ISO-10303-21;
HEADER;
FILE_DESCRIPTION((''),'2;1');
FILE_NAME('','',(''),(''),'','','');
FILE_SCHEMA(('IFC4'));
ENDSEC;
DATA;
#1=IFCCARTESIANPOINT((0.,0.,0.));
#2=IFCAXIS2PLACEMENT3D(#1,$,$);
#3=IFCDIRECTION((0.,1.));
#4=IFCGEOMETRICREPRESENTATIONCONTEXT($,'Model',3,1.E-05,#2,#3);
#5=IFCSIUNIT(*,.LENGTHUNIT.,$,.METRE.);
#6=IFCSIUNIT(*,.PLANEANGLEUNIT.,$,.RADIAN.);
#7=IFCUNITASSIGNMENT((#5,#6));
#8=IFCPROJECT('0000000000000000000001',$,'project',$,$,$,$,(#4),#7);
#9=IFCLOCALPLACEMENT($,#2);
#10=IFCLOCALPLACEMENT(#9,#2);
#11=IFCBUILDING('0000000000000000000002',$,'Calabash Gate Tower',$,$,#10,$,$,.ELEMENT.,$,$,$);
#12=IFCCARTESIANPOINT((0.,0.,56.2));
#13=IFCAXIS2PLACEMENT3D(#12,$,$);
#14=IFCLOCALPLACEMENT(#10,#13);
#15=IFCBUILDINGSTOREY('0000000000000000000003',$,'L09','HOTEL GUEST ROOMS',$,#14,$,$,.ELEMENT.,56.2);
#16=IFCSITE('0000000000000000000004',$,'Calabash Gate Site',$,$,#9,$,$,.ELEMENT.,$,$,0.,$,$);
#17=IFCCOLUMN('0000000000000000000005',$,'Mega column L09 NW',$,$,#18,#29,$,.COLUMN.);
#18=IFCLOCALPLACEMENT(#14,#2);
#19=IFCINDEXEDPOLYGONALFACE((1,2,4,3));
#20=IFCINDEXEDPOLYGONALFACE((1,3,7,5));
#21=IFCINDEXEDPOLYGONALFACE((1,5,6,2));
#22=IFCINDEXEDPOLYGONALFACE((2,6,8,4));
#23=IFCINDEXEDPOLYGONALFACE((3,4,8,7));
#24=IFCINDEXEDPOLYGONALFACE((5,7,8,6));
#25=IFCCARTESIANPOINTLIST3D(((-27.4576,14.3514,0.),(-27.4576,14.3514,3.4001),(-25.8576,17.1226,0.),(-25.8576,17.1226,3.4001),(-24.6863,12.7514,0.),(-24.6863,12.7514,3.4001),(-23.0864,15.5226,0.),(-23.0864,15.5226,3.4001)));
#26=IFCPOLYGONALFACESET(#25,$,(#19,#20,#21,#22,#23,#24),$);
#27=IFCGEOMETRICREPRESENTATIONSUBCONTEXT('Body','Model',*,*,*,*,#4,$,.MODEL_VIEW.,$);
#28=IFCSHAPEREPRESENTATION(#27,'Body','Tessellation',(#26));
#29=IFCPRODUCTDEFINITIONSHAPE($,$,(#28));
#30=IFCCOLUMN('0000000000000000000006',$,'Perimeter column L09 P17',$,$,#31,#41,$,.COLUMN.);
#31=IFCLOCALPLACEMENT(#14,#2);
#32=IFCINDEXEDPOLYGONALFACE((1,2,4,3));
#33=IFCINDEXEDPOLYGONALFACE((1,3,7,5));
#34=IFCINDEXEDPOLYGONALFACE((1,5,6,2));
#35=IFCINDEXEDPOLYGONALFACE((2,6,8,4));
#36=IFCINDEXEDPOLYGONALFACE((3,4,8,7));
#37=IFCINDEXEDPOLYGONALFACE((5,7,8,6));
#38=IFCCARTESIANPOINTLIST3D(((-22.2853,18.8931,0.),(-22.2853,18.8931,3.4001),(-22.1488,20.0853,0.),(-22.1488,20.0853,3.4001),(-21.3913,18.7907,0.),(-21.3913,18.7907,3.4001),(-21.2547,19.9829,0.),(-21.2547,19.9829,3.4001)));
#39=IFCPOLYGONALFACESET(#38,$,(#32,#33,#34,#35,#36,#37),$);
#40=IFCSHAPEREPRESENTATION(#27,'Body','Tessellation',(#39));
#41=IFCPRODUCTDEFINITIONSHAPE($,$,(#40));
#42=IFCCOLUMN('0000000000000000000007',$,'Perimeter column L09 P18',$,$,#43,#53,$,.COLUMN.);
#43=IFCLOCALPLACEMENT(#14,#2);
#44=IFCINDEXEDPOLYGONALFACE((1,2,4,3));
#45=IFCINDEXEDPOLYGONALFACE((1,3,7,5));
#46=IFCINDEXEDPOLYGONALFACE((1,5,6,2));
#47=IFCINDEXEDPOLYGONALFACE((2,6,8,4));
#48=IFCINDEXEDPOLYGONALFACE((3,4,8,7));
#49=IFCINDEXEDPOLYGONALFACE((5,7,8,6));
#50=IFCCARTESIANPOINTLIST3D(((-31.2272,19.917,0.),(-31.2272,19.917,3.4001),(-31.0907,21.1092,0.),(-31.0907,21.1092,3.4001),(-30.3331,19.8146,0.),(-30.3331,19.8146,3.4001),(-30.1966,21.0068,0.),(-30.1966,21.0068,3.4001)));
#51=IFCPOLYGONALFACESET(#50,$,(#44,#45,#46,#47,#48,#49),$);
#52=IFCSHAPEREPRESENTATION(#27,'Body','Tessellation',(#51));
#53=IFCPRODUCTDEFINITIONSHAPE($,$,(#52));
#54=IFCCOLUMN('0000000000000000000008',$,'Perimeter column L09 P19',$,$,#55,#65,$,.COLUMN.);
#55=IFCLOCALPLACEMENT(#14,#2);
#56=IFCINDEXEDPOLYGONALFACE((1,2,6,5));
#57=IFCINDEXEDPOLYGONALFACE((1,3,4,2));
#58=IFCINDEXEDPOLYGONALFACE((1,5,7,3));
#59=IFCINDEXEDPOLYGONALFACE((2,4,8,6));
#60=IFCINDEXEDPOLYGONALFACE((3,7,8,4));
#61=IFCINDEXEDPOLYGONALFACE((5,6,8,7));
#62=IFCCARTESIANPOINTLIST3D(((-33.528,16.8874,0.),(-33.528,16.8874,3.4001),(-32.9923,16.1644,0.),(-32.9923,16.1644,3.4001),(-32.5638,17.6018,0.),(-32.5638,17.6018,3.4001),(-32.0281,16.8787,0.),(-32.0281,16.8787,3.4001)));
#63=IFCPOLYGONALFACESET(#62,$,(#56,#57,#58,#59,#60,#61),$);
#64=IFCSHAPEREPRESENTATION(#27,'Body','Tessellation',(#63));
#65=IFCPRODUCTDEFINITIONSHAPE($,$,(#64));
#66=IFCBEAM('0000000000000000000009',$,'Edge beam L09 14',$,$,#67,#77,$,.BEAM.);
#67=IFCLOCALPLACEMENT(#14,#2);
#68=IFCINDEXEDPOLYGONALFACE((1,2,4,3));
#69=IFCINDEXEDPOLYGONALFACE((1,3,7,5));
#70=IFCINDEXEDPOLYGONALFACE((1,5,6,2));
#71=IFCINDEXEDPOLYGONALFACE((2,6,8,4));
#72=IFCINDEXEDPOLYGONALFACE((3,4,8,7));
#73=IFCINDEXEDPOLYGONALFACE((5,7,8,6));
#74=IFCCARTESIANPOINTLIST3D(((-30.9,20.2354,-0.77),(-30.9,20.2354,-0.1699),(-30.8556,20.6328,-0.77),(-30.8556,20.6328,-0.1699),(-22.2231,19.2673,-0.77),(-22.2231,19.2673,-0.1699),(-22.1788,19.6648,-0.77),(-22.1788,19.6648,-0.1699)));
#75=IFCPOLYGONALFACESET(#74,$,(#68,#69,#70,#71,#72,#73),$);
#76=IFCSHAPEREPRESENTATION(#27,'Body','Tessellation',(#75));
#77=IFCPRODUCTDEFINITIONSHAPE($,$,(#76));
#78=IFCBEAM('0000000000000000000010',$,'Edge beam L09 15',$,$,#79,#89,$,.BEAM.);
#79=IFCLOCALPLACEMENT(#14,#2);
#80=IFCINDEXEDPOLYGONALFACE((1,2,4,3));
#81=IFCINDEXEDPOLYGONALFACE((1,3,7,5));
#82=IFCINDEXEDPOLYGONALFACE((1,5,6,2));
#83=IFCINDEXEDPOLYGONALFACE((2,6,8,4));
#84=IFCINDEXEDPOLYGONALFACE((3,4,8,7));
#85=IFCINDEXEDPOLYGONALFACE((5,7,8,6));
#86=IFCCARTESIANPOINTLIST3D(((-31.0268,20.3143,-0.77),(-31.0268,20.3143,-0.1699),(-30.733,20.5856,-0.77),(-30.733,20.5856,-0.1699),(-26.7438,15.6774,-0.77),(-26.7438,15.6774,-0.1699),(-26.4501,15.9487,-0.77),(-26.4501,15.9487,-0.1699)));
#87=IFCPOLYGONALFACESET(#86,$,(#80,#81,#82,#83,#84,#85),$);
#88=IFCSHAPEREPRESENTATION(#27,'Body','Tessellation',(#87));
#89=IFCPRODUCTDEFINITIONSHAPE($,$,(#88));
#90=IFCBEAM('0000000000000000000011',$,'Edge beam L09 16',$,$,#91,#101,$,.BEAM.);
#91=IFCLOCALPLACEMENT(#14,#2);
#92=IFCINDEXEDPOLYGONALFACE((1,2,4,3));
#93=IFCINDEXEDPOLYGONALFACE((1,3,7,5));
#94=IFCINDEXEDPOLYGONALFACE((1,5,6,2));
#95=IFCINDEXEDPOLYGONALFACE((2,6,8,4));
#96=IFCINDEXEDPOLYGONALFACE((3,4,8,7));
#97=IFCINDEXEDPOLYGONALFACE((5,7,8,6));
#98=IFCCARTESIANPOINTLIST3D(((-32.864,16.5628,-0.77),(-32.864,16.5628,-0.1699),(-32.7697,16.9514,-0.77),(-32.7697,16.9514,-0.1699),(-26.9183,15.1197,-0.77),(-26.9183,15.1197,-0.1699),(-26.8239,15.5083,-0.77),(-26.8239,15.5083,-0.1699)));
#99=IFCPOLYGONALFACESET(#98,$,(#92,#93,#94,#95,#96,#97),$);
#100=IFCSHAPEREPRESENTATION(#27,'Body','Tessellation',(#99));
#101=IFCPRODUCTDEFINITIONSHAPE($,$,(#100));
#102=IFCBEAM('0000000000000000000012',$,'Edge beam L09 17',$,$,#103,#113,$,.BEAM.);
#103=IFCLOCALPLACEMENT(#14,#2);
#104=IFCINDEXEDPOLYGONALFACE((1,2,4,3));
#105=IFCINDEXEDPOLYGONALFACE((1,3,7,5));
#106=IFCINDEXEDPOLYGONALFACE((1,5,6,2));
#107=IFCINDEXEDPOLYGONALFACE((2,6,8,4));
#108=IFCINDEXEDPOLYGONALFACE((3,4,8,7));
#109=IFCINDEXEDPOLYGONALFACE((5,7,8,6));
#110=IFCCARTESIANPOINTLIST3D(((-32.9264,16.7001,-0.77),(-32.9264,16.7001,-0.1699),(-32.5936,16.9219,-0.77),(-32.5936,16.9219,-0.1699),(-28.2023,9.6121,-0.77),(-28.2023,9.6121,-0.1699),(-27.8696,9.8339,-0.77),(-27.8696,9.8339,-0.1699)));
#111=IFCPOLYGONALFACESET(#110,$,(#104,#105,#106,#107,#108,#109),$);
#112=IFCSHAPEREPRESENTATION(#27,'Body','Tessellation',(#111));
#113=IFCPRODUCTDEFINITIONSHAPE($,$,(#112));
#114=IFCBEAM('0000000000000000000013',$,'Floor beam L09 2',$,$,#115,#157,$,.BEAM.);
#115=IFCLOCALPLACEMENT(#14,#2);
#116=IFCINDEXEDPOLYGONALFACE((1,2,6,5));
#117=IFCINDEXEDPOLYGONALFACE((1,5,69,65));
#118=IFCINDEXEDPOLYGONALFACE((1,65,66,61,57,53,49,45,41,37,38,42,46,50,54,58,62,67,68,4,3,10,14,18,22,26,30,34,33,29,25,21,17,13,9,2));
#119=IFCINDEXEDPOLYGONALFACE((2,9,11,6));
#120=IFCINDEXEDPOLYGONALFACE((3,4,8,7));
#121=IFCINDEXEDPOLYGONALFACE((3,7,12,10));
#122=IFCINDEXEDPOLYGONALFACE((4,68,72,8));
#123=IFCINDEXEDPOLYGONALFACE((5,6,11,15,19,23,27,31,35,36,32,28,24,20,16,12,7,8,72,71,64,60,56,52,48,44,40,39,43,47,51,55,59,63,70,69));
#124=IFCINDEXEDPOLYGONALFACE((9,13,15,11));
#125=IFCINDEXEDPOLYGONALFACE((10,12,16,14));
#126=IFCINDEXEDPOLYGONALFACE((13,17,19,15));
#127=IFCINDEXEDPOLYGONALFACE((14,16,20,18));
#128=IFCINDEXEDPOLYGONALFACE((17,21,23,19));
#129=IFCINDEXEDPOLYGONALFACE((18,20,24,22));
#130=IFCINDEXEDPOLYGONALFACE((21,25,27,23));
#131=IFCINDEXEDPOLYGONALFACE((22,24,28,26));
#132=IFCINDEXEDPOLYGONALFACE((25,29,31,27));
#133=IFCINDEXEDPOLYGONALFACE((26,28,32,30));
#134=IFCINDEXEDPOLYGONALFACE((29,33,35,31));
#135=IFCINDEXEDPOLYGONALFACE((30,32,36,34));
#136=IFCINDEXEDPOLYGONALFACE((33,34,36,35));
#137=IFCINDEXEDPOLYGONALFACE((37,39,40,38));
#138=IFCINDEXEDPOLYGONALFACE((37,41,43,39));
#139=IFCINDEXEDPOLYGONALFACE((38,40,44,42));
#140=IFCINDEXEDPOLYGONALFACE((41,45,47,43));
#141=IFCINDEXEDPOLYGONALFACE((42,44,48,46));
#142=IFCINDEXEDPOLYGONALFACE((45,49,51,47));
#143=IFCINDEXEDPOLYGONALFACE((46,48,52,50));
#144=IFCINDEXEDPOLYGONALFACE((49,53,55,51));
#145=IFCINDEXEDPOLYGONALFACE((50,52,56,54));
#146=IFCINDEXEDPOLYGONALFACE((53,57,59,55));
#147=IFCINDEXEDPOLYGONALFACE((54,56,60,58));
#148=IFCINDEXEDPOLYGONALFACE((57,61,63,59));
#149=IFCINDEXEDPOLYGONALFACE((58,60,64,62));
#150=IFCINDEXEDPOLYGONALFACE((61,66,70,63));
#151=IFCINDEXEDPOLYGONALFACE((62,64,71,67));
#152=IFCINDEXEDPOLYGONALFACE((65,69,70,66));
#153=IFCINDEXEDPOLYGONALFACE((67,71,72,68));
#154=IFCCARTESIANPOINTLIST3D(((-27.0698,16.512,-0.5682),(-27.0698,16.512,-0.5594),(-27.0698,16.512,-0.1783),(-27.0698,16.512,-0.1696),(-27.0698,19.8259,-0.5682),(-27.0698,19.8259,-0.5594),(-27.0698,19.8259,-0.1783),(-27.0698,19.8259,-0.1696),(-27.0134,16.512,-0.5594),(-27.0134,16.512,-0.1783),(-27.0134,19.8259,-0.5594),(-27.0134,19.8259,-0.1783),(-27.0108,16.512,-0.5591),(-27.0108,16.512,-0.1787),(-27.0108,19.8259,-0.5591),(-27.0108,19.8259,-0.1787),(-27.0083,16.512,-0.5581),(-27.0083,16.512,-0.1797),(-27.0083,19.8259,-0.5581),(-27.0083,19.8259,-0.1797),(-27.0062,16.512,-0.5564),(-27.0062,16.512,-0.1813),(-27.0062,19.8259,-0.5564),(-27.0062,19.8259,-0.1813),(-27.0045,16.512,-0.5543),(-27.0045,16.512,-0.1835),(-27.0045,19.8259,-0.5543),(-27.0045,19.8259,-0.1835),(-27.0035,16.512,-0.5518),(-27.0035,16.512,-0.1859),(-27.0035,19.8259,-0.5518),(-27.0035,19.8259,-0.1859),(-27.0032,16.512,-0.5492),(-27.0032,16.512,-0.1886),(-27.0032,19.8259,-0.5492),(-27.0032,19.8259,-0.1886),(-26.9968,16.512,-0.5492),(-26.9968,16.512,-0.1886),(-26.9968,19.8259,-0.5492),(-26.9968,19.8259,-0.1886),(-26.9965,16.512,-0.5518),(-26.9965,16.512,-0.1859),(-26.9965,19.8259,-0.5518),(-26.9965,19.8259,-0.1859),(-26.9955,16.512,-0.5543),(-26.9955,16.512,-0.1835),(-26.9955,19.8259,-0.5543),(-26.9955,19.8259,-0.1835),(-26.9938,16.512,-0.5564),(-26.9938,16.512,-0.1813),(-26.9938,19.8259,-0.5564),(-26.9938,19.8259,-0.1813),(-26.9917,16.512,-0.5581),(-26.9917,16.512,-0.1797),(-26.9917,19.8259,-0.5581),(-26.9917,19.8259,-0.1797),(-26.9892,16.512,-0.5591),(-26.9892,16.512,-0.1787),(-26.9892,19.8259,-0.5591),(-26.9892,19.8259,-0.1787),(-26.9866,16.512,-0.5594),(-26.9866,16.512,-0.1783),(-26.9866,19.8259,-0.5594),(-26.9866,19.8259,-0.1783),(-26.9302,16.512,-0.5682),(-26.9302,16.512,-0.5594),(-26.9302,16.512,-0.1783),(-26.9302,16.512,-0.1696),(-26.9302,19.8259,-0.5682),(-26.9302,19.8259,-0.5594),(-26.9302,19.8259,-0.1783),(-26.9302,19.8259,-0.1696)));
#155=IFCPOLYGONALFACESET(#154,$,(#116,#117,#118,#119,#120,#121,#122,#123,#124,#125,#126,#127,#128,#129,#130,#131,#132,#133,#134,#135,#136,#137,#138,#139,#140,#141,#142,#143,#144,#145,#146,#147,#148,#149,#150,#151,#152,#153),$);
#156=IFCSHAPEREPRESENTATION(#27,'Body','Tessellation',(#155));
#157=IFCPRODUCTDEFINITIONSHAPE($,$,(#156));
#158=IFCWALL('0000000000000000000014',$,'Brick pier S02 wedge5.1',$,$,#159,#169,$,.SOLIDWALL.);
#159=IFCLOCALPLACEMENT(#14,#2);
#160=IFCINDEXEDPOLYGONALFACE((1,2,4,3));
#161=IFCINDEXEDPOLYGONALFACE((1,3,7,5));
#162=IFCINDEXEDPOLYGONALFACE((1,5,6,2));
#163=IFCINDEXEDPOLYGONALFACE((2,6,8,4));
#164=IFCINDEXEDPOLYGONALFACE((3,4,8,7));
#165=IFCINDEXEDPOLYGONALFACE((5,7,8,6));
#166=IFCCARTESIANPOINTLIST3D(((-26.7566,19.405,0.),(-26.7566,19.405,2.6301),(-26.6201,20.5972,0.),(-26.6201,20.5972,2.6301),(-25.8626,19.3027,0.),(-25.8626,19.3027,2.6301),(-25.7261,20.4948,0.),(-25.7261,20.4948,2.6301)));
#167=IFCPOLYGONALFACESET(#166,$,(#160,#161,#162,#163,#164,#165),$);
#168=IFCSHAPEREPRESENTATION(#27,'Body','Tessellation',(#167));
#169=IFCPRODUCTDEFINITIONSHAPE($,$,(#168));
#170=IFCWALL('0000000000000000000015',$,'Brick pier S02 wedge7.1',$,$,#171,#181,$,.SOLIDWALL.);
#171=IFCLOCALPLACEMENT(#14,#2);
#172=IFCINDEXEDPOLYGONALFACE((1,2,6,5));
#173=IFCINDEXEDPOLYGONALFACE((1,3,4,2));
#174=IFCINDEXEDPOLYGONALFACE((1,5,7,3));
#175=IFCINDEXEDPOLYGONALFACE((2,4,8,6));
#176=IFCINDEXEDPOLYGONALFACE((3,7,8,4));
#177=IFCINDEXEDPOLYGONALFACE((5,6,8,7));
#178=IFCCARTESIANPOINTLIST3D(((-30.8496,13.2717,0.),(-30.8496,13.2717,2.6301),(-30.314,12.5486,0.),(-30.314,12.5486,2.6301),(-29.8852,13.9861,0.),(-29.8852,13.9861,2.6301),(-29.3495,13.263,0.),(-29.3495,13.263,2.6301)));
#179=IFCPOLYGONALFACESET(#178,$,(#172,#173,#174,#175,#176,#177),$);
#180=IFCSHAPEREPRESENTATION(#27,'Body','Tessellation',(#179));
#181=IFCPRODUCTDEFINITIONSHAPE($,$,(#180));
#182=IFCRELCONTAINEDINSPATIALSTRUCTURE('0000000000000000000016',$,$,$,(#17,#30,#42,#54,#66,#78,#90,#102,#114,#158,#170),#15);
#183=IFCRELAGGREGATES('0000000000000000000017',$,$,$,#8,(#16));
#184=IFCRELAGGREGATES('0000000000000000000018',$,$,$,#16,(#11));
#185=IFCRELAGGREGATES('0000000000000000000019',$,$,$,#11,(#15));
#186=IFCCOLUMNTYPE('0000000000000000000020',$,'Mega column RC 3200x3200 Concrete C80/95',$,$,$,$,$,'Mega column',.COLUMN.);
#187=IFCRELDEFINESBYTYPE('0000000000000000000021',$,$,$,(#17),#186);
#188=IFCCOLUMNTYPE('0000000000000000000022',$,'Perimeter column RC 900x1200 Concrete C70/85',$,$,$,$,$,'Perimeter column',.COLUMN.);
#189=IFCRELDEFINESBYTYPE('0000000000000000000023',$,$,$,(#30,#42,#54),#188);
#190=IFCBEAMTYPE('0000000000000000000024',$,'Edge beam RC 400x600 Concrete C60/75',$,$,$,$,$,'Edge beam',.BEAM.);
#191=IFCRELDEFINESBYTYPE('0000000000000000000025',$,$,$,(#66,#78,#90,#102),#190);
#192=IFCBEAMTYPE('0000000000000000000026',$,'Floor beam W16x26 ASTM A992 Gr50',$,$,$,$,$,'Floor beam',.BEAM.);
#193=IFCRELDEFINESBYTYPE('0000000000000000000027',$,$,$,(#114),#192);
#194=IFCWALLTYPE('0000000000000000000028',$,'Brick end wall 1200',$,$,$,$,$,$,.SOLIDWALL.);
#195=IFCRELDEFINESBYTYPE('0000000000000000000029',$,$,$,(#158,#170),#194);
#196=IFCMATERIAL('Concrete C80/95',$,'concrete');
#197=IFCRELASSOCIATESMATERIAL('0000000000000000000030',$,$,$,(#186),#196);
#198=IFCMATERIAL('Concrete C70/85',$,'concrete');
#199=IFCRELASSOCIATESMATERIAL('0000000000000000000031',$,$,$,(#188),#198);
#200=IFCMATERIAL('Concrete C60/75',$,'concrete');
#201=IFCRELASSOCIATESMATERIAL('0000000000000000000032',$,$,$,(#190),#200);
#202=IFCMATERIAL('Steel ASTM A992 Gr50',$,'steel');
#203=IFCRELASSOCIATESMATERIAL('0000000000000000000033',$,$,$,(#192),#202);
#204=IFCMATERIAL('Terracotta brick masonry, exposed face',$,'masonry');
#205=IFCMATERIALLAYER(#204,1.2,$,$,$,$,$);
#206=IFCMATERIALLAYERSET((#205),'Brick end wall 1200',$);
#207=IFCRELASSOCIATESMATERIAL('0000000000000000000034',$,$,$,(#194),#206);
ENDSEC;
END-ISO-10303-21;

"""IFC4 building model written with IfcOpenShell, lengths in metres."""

from ifc_helpers import new_model, si_unit, direction, frame, frame_2d, origin, origin_2d, place, context, subcontext, project, spatial, rectangle, i_section, extrude, material, layer, layer_set, material_profile, profile_set, type_object, element, save


model = new_model("IFC4")

# Units and contexts
model_context = context("Model", 3, precision=1e-05, world=origin(), true_north=direction((0.0, 1.0)))
body_context = subcontext(model_context, "Body", "Model", "MODEL_VIEW")
ifc_project = project(units=[si_unit("LENGTHUNIT", "METRE"), si_unit("PLANEANGLEUNIT", "RADIAN")], contexts=[model_context])

# Site, building, storey
site_placement = place(None, origin())
site = spatial("IfcSite", under=ifc_project, at=site_placement, Name="Calabash Gate Site", CompositionType="ELEMENT", RefElevation=0.0)
building_placement = place(site_placement, origin())
building = spatial("IfcBuilding", under=site, at=building_placement, Name="Calabash Gate Tower", CompositionType="ELEMENT")
storey_placement = place(building_placement, frame((0.0, 0.0, 56.2)))
storey = spatial("IfcBuildingStorey", under=building, at=storey_placement, Name="L09", Description="HOTEL GUEST ROOMS", CompositionType="ELEMENT", Elevation=56.2)

# Columns
ifc_material_1 = material(Name="Concrete C80/95", Category="concrete")
ifc_material_profile_1 = material_profile(ifc_material_1, rectangle(XDim=3.2, YDim=3.2, at=origin_2d()))
ifc_profile_set_1 = profile_set([ifc_material_profile_1], Name="Concrete C80/95")
column_type_1 = type_object("IfcColumnType", Name="Mega column RC 3200x3200 Concrete C80/95", ElementType="Mega column", PredefinedType="COLUMN", material=ifc_profile_set_1)
column_placement = place(storey_placement, frame((-25.272, 14.937, 0.0), z_axis=(0.0, 0.0, 1.0), x_axis=(0.866025, -0.5, 0.0)))
element("IfcColumn", 1, at=column_placement, inside=storey, type_object=column_type_1, Name="Mega column L09 NW", PredefinedType="COLUMN", context=body_context, shape_type="SweptSolid", body=[
    extrude(rectangle(XDim=3.2, YDim=3.2, at=origin_2d()), origin(), (0.0, 0.0, 1.0), 3.4001),
])
ifc_material_2 = material(Name="Concrete C70/85", Category="concrete")
ifc_material_profile_2 = material_profile(ifc_material_2, rectangle(XDim=0.8999, YDim=1.2, at=origin_2d()))
ifc_profile_set_2 = profile_set([ifc_material_profile_2], Name="Concrete C70/85")
column_type_2 = type_object("IfcColumnType", Name="Perimeter column RC 900x1200 Concrete C70/85", ElementType="Perimeter column", PredefinedType="COLUMN", material=ifc_profile_set_2)
for number, where, z_axis, x_axis, name in (
    (2, (-21.77, 19.438, 0.0), (0.0, 0.0, 1.0), (-0.993506, 0.113777, 0.0), "Perimeter column L09 P17"),
    (3, (-30.7119, 20.4619, 0.0), (0.0, 0.0, 1.0), (-0.993506, 0.113777, 0.0), "Perimeter column L09 P18"),
    (4, (-32.7781, 16.8831, 0.0), (0.0, 0.0, 1.0), (0.595287, -0.803513, 0.0), "Perimeter column L09 P19"),
):
    element("IfcColumn", number, at=place(storey_placement, frame(where, z_axis=z_axis, x_axis=x_axis)), inside=storey, type_object=column_type_2, Name=name, PredefinedType="COLUMN", context=body_context, shape_type="SweptSolid", body=[
        extrude(rectangle(XDim=0.8999, YDim=1.2, at=origin_2d()), origin(), (0.0, 0.0, 1.0), 3.4001),
    ])

# Beams
ifc_material_3 = material(Name="Concrete C60/75", Category="concrete")
ifc_material_profile_3 = material_profile(ifc_material_3, rectangle(XDim=0.3999, YDim=0.6001, at=origin_2d()))
ifc_profile_set_3 = profile_set([ifc_material_profile_3], Name="Concrete C60/75")
beam_type_1 = type_object("IfcBeamType", Name="Edge beam RC 400x600 Concrete C60/75", ElementType="Edge beam", PredefinedType="BEAM", material=ifc_profile_set_3)
beam_1_placement = place(storey_placement, frame((-22.2009, 19.4661, -0.47), z_axis=(-0.993835, 0.110873, 0.0), x_axis=(-0.110873, -0.993835, 0.0)))
element("IfcBeam", 5, at=beam_1_placement, inside=storey, type_object=beam_type_1, Name="Edge beam L09 14", PredefinedType="BEAM", context=body_context, shape_type="SweptSolid", body=[
    extrude(rectangle(XDim=0.3999, YDim=0.6001, at=origin_2d()), origin(), (0.0, 0.0, 1.0), 8.7307),
])
beam_2_placement = place(storey_placement, frame((-30.8799, 20.45, -0.47), z_axis=(0.67851, -0.734591, 0.0), x_axis=(0.734591, 0.67851, 0.0)))
element("IfcBeam", 6, at=beam_2_placement, inside=storey, type_object=beam_type_1, Name="Edge beam L09 15", PredefinedType="BEAM", context=body_context, shape_type="SweptSolid", body=[
    extrude(rectangle(XDim=0.3999, YDim=0.6001, at=origin_2d()), origin(), (0.0, 0.0, 1.0), 6.3123),
])
beam_3_placement = place(storey_placement, frame((-26.8711, 15.314, -0.47), z_axis=(-0.971786, 0.235864, 0.0), x_axis=(-0.235864, -0.971786, 0.0)))
element("IfcBeam", 7, at=beam_3_placement, inside=storey, type_object=beam_type_1, Name="Edge beam L09 16", PredefinedType="BEAM", context=body_context, shape_type="SweptSolid", body=[
    extrude(rectangle(XDim=0.3999, YDim=0.6001, at=origin_2d()), origin(), (0.0, 0.0, 1.0), 6.1184),
])
beam_4_placement = place(storey_placement, frame((-32.76, 16.811, -0.47), z_axis=(0.554594, -0.832121, 0.0), x_axis=(0.832121, 0.554594, 0.0)))
element("IfcBeam", 8, at=beam_4_placement, inside=storey, type_object=beam_type_1, Name="Edge beam L09 17", PredefinedType="BEAM", context=body_context, shape_type="SweptSolid", body=[
    extrude(rectangle(XDim=0.3999, YDim=0.6001, at=origin_2d()), origin(), (0.0, 0.0, 1.0), 8.5181),
])
ifc_material_4 = material(Name="Steel ASTM A992 Gr50", Category="steel")
ifc_material_profile_4 = material_profile(ifc_material_4, i_section(OverallWidth=0.1396, OverallDepth=0.3987, WebThickness=0.0063, FlangeThickness=0.0088, FilletRadius=0.0103, at=origin_2d()))
ifc_profile_set_4 = profile_set([ifc_material_profile_4], Name="Steel ASTM A992 Gr50")
beam_type_2 = type_object("IfcBeamType", Name="Floor beam W16x26 ASTM A992 Gr50", ElementType="Floor beam", PredefinedType="BEAM", material=ifc_profile_set_4)
beam_5_placement = place(storey_placement, frame((-27.0, 16.512, -0.3689), z_axis=(0.0, 1.0, 0.0), x_axis=(-1.0, 0.0, 0.0)))
element("IfcBeam", 9, at=beam_5_placement, inside=storey, type_object=beam_type_2, Name="Floor beam L09 2", PredefinedType="BEAM", context=body_context, shape_type="SweptSolid", body=[
    extrude(i_section(OverallWidth=0.1396, OverallDepth=0.3987, WebThickness=0.0063, FlangeThickness=0.0088, FilletRadius=0.0103, at=origin_2d()), origin(), (0.0, 0.0, 1.0), 3.314),
])

# Walls
ifc_material_5 = material(Name="Terracotta brick masonry, exposed face", Category="masonry")
ifc_layer_1 = layer(ifc_material_5, 1.2)
ifc_layer_set_1 = layer_set([ifc_layer_1], Name="Brick end wall 1200")
wall_type_1 = type_object("IfcWallType", Name="Brick end wall 1200", PredefinedType="SOLIDWALL", material=ifc_layer_set_1)
wall_1_placement = place(storey_placement, frame((-26.1731, 20.5461, 0.0), z_axis=(0.0, 0.0, 1.0), x_axis=(-0.113736, -0.993511, 0.0)))
element("IfcWall", 10, at=wall_1_placement, inside=storey, type_object=wall_type_1, Name="Brick pier S02 wedge5.1", PredefinedType="SOLIDWALL", context=body_context, shape_type="SweptSolid", body=[
    extrude(rectangle(XDim=1.2, YDim=0.8999, at=frame_2d((0.6001, 0.0))), origin(), (0.0, 0.0, 1.0), 2.6301),
])
wall_2_placement = place(storey_placement, frame((-30.5818, 12.9102, 0.0), z_axis=(0.0, 0.0, 1.0), x_axis=(0.80355, 0.595237, 0.0)))
element("IfcWall", 11, at=wall_2_placement, inside=storey, type_object=wall_type_1, Name="Brick pier S02 wedge7.1", PredefinedType="SOLIDWALL", context=body_context, shape_type="SweptSolid", body=[
    extrude(rectangle(XDim=1.2002, YDim=0.8999, at=frame_2d((0.6001, 0.0))), origin(), (0.0, 0.0, 1.0), 2.6301),
])

save(model, "model.ifc")
